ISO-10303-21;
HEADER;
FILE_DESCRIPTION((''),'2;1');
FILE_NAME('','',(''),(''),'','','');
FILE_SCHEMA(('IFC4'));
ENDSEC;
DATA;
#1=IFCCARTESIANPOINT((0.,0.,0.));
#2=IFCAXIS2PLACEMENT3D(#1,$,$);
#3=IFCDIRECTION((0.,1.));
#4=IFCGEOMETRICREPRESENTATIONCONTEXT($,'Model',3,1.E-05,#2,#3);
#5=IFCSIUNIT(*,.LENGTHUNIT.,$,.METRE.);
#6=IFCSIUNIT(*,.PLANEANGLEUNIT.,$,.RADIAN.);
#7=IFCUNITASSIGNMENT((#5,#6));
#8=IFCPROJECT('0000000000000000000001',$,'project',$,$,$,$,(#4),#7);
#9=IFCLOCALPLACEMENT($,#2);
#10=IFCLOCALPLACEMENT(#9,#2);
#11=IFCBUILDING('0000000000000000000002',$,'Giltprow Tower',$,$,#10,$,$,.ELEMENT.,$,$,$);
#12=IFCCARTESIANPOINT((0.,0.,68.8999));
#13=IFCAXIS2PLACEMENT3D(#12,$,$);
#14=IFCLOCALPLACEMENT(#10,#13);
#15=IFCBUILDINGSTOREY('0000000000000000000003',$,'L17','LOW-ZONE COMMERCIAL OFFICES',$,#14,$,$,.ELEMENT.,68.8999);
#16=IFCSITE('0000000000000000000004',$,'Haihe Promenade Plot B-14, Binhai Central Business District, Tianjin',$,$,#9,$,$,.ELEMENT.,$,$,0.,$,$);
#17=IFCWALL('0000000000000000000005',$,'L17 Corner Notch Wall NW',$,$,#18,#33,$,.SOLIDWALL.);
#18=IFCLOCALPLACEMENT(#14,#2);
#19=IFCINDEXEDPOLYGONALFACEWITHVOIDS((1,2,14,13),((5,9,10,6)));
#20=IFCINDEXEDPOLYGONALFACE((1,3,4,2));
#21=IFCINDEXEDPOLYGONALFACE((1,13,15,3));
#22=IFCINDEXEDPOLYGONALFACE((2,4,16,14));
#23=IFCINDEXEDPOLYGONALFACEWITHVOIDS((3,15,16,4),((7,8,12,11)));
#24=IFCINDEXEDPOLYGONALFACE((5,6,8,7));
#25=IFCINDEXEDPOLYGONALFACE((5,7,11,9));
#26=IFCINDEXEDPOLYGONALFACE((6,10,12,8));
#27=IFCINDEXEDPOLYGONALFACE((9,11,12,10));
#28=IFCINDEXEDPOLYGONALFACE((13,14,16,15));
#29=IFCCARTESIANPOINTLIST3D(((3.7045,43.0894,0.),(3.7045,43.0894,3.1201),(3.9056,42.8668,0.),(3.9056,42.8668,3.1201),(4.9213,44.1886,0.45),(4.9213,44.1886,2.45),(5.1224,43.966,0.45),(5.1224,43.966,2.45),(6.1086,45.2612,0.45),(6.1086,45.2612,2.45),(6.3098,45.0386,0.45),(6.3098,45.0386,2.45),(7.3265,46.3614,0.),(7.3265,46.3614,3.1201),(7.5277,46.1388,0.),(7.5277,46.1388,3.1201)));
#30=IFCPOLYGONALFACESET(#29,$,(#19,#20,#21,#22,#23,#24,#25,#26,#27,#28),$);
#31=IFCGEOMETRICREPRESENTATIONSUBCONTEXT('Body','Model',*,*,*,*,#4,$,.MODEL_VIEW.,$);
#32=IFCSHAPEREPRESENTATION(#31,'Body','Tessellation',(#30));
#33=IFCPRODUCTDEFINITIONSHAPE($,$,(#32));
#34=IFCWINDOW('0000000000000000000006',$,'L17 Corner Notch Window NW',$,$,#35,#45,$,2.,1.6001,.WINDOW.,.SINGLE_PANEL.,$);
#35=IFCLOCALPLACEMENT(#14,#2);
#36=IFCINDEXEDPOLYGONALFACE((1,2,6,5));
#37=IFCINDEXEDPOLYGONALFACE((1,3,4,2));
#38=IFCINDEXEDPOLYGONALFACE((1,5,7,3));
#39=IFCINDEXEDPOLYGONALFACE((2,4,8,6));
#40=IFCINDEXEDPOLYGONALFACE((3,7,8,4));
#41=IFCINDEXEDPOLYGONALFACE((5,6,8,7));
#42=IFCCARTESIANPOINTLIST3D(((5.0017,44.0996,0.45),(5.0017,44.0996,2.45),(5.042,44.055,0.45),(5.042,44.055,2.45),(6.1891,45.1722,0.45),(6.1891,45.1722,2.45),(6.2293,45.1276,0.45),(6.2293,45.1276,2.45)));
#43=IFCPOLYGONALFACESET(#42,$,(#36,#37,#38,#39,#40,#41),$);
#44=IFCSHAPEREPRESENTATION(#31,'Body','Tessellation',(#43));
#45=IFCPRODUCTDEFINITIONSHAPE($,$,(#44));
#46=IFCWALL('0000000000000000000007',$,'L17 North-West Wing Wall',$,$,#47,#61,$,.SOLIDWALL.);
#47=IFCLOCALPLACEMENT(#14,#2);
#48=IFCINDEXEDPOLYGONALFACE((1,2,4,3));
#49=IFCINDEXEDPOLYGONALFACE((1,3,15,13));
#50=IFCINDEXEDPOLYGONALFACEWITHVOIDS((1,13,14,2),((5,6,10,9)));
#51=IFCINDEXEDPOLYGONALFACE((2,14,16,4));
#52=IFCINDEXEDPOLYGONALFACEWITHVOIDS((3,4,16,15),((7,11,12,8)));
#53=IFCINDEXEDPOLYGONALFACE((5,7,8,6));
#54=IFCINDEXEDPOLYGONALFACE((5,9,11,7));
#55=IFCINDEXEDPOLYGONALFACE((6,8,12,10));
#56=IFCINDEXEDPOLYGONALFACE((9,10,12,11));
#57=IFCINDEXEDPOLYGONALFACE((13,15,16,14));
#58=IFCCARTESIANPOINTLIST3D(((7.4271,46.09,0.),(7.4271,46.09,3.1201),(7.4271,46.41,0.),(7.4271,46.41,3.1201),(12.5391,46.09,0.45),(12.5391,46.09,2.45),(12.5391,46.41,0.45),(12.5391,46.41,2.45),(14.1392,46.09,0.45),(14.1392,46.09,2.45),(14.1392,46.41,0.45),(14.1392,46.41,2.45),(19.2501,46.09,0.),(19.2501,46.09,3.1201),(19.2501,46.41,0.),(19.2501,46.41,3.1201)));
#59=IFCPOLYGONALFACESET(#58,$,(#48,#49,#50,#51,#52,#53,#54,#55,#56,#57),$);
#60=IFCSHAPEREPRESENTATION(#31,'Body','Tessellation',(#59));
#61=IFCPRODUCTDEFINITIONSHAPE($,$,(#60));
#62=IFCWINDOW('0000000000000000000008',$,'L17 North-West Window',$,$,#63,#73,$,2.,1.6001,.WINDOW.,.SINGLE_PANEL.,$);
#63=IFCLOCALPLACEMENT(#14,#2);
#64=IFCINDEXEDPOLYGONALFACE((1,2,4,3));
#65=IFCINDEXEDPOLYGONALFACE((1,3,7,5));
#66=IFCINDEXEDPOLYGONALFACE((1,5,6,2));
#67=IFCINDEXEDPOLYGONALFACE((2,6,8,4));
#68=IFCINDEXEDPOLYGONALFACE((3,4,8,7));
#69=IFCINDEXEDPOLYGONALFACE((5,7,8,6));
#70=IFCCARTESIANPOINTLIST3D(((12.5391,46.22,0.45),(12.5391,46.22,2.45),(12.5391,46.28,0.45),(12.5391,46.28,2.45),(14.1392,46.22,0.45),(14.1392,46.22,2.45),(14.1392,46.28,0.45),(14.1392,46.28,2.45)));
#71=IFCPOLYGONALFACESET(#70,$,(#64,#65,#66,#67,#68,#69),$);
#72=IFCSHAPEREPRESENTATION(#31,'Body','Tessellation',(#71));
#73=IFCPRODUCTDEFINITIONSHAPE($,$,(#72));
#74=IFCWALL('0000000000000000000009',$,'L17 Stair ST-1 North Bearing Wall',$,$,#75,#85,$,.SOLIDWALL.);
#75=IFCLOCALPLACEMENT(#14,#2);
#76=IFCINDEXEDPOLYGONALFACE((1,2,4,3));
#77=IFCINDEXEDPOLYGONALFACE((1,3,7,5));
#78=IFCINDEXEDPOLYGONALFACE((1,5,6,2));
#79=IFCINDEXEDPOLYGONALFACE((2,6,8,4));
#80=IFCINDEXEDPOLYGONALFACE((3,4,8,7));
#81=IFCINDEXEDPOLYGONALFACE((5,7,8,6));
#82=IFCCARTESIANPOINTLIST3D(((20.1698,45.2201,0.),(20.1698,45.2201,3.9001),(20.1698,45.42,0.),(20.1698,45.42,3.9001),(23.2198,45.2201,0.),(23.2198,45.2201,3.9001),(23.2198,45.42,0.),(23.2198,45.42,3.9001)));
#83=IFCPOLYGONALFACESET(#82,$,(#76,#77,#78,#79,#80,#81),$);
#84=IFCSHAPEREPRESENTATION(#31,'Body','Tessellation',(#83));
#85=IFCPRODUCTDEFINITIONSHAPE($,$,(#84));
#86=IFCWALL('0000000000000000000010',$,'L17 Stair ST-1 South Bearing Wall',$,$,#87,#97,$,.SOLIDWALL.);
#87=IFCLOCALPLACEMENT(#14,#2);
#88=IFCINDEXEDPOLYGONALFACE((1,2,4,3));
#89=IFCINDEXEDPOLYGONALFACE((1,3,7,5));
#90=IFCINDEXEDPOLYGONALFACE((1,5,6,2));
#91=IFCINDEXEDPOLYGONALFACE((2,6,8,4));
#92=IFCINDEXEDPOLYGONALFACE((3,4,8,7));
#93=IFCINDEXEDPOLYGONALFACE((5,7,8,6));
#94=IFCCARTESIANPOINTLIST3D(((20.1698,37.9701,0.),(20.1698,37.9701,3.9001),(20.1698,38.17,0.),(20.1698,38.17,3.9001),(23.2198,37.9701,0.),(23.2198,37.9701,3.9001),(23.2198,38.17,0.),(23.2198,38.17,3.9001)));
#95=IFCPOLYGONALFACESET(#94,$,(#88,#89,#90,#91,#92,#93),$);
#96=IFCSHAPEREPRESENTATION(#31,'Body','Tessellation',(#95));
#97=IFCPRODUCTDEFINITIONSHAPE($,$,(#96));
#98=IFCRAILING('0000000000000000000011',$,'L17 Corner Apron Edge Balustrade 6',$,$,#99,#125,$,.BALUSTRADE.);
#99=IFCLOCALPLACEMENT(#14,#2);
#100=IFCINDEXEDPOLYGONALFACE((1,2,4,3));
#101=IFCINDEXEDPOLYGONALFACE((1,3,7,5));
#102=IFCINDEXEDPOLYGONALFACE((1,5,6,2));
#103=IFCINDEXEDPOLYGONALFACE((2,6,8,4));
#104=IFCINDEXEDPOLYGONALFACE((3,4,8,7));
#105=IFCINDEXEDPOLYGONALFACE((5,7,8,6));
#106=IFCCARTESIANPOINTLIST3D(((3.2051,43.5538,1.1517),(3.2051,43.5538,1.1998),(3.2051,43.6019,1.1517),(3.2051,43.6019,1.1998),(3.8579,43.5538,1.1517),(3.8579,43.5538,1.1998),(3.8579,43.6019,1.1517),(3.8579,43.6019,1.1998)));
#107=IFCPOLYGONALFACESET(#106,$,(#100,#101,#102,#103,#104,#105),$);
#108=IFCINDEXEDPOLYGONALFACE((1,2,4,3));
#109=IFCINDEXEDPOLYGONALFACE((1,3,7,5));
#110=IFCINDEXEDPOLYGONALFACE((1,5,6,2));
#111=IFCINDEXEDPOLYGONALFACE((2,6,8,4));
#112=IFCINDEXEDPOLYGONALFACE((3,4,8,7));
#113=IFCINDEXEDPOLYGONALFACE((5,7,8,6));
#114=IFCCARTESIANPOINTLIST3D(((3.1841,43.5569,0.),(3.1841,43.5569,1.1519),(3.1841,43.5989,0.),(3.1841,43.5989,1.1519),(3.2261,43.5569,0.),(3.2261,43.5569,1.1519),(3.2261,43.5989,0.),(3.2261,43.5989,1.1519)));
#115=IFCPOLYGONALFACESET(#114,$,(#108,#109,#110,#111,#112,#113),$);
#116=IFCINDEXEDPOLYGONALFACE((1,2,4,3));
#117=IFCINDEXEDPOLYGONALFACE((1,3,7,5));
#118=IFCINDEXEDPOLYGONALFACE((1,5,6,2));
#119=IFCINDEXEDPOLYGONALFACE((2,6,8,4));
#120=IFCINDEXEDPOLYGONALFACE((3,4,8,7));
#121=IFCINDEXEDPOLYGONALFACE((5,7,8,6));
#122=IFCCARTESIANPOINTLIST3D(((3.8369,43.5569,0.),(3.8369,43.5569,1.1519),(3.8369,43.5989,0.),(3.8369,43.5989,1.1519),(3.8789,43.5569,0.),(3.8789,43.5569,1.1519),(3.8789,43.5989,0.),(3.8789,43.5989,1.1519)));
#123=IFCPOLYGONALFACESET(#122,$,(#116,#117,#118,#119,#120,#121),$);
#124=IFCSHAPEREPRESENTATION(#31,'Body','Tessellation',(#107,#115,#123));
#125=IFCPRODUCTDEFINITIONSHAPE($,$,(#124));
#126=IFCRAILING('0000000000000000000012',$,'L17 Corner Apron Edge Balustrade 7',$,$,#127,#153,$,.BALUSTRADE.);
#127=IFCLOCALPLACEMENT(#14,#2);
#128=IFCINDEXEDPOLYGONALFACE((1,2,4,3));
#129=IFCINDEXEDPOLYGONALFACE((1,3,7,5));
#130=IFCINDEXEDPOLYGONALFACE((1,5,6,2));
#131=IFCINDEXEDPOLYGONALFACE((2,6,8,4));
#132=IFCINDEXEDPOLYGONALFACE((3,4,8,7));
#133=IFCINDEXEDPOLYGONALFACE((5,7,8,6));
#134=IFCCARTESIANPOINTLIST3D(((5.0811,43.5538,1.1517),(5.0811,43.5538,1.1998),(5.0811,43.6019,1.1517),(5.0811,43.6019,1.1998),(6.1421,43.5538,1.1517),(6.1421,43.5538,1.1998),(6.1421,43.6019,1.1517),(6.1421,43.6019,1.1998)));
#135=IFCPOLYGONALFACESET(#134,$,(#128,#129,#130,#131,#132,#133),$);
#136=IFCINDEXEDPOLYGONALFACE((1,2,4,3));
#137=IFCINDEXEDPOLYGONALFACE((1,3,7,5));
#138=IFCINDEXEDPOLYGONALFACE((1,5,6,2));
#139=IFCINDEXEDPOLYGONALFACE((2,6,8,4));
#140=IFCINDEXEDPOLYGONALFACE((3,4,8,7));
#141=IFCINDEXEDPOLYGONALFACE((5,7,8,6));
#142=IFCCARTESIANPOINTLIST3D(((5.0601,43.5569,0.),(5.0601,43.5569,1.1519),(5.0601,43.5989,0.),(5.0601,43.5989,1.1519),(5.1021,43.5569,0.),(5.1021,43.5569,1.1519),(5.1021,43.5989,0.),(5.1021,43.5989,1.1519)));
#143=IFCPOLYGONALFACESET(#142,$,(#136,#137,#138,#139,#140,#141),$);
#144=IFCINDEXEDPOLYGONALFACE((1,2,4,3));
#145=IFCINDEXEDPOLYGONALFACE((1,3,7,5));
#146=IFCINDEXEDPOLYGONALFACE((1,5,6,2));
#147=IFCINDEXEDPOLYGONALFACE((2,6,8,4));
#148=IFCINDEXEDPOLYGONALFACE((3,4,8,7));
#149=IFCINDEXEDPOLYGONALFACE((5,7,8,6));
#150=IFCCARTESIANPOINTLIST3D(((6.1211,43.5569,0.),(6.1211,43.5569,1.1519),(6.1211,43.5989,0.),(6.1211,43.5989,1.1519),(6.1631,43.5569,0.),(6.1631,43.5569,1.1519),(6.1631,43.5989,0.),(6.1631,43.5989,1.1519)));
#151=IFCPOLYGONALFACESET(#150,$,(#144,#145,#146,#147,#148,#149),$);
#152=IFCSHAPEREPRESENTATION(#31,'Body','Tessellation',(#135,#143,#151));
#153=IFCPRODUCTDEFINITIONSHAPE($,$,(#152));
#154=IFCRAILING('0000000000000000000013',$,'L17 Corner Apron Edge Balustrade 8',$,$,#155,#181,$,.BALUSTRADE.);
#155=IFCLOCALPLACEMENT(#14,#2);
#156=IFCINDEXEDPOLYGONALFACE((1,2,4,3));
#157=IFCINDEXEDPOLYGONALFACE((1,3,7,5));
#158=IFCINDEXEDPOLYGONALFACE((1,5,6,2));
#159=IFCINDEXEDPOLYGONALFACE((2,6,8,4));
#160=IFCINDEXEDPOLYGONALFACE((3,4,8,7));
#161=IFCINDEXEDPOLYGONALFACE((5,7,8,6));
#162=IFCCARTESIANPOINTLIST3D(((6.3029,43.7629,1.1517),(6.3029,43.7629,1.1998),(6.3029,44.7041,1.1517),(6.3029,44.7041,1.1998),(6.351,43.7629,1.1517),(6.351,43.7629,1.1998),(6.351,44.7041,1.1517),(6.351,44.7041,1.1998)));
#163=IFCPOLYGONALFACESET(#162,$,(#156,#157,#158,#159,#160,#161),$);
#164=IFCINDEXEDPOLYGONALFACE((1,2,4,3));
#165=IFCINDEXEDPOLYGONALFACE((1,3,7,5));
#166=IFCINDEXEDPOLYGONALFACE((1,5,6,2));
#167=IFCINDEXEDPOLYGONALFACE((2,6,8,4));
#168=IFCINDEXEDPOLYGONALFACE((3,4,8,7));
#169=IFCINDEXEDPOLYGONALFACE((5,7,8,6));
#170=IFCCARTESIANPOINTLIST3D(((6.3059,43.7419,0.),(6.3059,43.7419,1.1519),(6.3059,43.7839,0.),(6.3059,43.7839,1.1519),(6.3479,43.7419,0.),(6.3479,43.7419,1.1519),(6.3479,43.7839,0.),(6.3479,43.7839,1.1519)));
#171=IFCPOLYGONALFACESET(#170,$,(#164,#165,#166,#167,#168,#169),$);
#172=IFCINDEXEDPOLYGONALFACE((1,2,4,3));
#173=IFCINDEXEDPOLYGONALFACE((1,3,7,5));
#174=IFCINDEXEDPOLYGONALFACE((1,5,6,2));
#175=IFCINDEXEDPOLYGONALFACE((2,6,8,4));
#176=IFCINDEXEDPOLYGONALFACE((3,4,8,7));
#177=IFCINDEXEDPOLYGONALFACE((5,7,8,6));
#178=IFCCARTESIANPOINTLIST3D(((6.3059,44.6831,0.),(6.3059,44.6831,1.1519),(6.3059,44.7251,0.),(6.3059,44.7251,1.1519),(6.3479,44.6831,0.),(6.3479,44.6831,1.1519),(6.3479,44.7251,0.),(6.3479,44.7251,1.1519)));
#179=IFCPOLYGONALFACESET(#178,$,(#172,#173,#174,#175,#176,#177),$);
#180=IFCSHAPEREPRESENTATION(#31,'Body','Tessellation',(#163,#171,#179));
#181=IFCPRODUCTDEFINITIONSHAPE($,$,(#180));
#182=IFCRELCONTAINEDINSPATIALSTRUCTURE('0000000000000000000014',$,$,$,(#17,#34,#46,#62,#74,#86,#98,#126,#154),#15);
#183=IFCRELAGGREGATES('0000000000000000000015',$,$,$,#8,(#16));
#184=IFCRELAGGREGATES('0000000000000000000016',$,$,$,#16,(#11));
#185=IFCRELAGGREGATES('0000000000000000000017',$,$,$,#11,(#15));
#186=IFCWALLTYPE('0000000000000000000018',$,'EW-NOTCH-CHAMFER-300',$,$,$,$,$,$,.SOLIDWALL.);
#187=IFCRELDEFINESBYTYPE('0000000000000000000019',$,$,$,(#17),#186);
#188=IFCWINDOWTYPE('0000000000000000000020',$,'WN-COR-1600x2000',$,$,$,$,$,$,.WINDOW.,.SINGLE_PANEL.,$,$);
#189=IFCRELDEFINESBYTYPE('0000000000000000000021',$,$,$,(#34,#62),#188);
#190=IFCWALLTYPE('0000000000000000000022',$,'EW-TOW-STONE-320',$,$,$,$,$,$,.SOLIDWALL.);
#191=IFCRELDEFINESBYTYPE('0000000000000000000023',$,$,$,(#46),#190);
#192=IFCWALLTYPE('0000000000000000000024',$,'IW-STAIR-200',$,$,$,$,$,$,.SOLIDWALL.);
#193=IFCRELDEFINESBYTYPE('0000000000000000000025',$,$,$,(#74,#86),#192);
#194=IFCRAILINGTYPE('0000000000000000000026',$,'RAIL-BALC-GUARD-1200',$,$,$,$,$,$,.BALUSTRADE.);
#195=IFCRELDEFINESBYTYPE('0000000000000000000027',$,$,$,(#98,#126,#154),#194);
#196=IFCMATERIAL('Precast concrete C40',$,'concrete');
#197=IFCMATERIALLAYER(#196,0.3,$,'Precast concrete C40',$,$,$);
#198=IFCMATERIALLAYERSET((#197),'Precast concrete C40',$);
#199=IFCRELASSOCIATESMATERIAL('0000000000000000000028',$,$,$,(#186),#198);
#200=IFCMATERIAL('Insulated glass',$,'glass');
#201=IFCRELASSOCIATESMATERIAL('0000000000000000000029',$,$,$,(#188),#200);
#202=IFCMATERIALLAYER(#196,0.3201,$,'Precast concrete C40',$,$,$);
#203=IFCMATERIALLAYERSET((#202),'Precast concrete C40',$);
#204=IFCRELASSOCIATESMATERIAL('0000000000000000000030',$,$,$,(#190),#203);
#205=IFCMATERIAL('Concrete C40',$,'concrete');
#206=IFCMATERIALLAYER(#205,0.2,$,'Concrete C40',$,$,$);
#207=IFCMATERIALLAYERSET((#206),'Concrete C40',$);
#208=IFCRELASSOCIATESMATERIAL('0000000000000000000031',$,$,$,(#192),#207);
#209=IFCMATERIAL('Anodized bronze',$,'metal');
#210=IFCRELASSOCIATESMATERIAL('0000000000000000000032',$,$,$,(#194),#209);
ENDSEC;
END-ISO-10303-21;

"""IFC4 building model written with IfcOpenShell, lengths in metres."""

from ifc_helpers import new_model, si_unit, direction, frame, frame_2d, origin, origin_2d, place, context, subcontext, project, spatial, rectangle, extrude, source, transform, mapped, material, layer, layer_set, type_object, element, fill, save


model = new_model("IFC4")

# Units and contexts
model_context = context("Model", 3, precision=1e-05, world=origin(), true_north=direction((0.0, 1.0)))
body_context = subcontext(model_context, "Body", "Model", "MODEL_VIEW")
ifc_project = project(units=[si_unit("LENGTHUNIT", "METRE"), si_unit("PLANEANGLEUNIT", "RADIAN")], contexts=[model_context])

# Site, building, storey
site_placement = place(None, origin())
site = spatial("IfcSite", under=ifc_project, at=site_placement, Name="Haihe Promenade Plot B-14, Binhai Central Business District, Tianjin", CompositionType="ELEMENT", RefElevation=0.0)
building_placement = place(site_placement, origin())
building = spatial("IfcBuilding", under=site, at=building_placement, Name="Giltprow Tower", CompositionType="ELEMENT")
storey_placement = place(building_placement, frame((0.0, 0.0, 68.8999)))
storey = spatial("IfcBuildingStorey", under=building, at=storey_placement, Name="L17", Description="LOW-ZONE COMMERCIAL OFFICES", CompositionType="ELEMENT", Elevation=68.8999)

# Walls, openings, windows
ifc_material_1 = material(Name="Precast concrete C40", Category="concrete")
ifc_layer_1 = layer(ifc_material_1, 0.3, Name="Precast concrete C40")
ifc_layer_set_1 = layer_set([ifc_layer_1], Name="Precast concrete C40")
wall_type_1 = type_object("IfcWallType", Name="EW-NOTCH-CHAMFER-300", PredefinedType="SOLIDWALL", material=ifc_layer_set_1)
wall_1_placement = place(storey_placement, frame((7.427, 46.25, 0.0), z_axis=(0.0, 0.0, 1.0), x_axis=(-0.742059, -0.670334, 0.0)))
wall_1 = element("IfcWall", 1, at=wall_1_placement, inside=storey, type_object=wall_type_1, Name="L17 Corner Notch Wall NW", PredefinedType="SOLIDWALL", context=body_context, shape_type="SweptSolid", body=[
    extrude(rectangle(XDim=4.8811, YDim=0.3, at=frame_2d((2.4404, 0.0))), origin(), (0.0, 0.0, 1.0), 3.1201),
])
opening_1_placement = place(wall_1_placement, frame((1.6411, 0.0, 0.45)))
opening_1 = element("IfcOpeningElement", 2, at=opening_1_placement, cuts=wall_1, PredefinedType="OPENING", context=body_context, shape_type="SweptSolid", body=[
    extrude(rectangle(XDim=1.6001, YDim=2.0, at=frame_2d((0.8, 1.0))), frame((0.0, 0.1599, 0.0), z_axis=(0.0, -1.0, 0.0), x_axis=(1.0, 0.0, 0.0)), (0.0, 0.0, 1.0), 0.3201),
])
ifc_material_2 = material(Name="Insulated glass", Category="glass")
window_type = type_object("IfcWindowType", Name="WN-COR-1600x2000", PartitioningType="SINGLE_PANEL", PredefinedType="WINDOW", material=ifc_material_2)
shared_shape_1 = source(origin(), body_context, "Body", "SweptSolid", [
    extrude(rectangle(XDim=1.6001, YDim=2.0, at=frame_2d((0.8, 1.0))), frame((0.0, 0.03, 0.0), z_axis=(0.0, -1.0, 0.0), x_axis=(1.0, 0.0, 0.0)), (0.0, 0.0, 1.0), 0.0601),
])
window_1_placement = place(opening_1_placement, origin())
window_1 = element("IfcWindow", 3, at=window_1_placement, inside=storey, type_object=window_type, Name="L17 Corner Notch Window NW", OverallHeight=2.0, OverallWidth=1.6001, PartitioningType="SINGLE_PANEL", PredefinedType="WINDOW", context=body_context, shape_type="MappedRepresentation", body=[
    mapped(shared_shape_1, transform((0.0, 0.0, 0.0), x_axis=(1.0, 0.0, 0.0), y_axis=(0.0, 1.0, 0.0), z_axis=(0.0, 0.0, 1.0), scale=1.0)),
])
fill(opening_1, window_1)
ifc_layer_2 = layer(ifc_material_1, 0.3201, Name="Precast concrete C40")
ifc_layer_set_2 = layer_set([ifc_layer_2], Name="Precast concrete C40")
wall_type_2 = type_object("IfcWallType", Name="EW-TOW-STONE-320", PredefinedType="SOLIDWALL", material=ifc_layer_set_2)
wall_2_placement = place(storey_placement, frame((7.427, 46.25, 0.0), z_axis=(0.0, 0.0, 1.0), x_axis=(1.0, 0.0, 0.0)))
wall_2 = element("IfcWall", 4, at=wall_2_placement, inside=storey, type_object=wall_type_2, Name="L17 North-West Wing Wall", PredefinedType="SOLIDWALL", context=body_context, shape_type="SweptSolid", body=[
    extrude(rectangle(XDim=11.823, YDim=0.3201, at=frame_2d((5.9116, 0.0))), origin(), (0.0, 0.0, 1.0), 3.1201),
])
opening_2_placement = place(wall_2_placement, frame((5.1121, 0.0, 0.45)))
opening_2 = element("IfcOpeningElement", 5, at=opening_2_placement, cuts=wall_2, PredefinedType="OPENING", context=body_context, shape_type="SweptSolid", body=[
    extrude(rectangle(XDim=1.6001, YDim=2.0, at=frame_2d((0.8, 1.0))), frame((0.0, 0.1699, 0.0), z_axis=(0.0, -1.0, 0.0), x_axis=(1.0, 0.0, 0.0)), (0.0, 0.0, 1.0), 0.3401),
])
window_2_placement = place(opening_2_placement, origin())
window_2 = element("IfcWindow", 6, at=window_2_placement, inside=storey, type_object=window_type, Name="L17 North-West Window", OverallHeight=2.0, OverallWidth=1.6001, PartitioningType="SINGLE_PANEL", PredefinedType="WINDOW", context=body_context, shape_type="MappedRepresentation", body=[
    mapped(shared_shape_1, transform((0.0, 0.0, 0.0), x_axis=(1.0, 0.0, 0.0), y_axis=(0.0, 1.0, 0.0), z_axis=(0.0, 0.0, 1.0), scale=1.0)),
])
fill(opening_2, window_2)

# Walls
ifc_material_3 = material(Name="Concrete C40", Category="concrete")
ifc_layer_3 = layer(ifc_material_3, 0.2, Name="Concrete C40")
ifc_layer_set_3 = layer_set([ifc_layer_3], Name="Concrete C40")
wall_type_3 = type_object("IfcWallType", Name="IW-STAIR-200", PredefinedType="SOLIDWALL", material=ifc_layer_set_3)
for number, where, z_axis, x_axis, name in (
    (7, (20.1699, 45.3201, 0.0), (0.0, 0.0, 1.0), (1.0, 0.0, 0.0), "L17 Stair ST-1 North Bearing Wall"),
    (8, (20.1699, 38.0701, 0.0), (0.0, 0.0, 1.0), (1.0, 0.0, 0.0), "L17 Stair ST-1 South Bearing Wall"),
):
    element("IfcWall", number, at=place(storey_placement, frame(where, z_axis=z_axis, x_axis=x_axis)), inside=storey, type_object=wall_type_3, Name=name, PredefinedType="SOLIDWALL", context=body_context, shape_type="SweptSolid", body=[
        extrude(rectangle(XDim=3.05, YDim=0.2, at=frame_2d((1.5249, 0.0))), origin(), (0.0, 0.0, 1.0), 3.9001),
    ])

# Railings
ifc_material_4 = material(Name="Anodized bronze", Category="metal")
railing_type_1 = type_object("IfcRailingType", Name="RAIL-BALC-GUARD-1200", PredefinedType="BALUSTRADE", material=ifc_material_4)
railing_1_placement = place(storey_placement, frame((3.2051, 43.5779, 0.0)))
element("IfcRailing", 9, at=railing_1_placement, inside=storey, type_object=railing_type_1, Name="L17 Corner Apron Edge Balustrade 6", PredefinedType="BALUSTRADE", context=body_context, shape_type="SweptSolid", body=[
    extrude(rectangle(XDim=0.0481, YDim=0.0481, at=origin_2d()), frame((0.0, 0.0, 1.1758), z_axis=(1.0, 0.0, 0.0), x_axis=(0.0, 1.0, 0.0)), (0.0, 0.0, 1.0), 0.6528),
    extrude(rectangle(XDim=0.042, YDim=0.042, at=origin_2d()), origin(), (0.0, 0.0, 1.0), 1.1519),
    extrude(rectangle(XDim=0.042, YDim=0.042, at=origin_2d()), frame((0.6528, 0.0, 0.0)), (0.0, 0.0, 1.0), 1.1519),
])
railing_2_placement = place(storey_placement, frame((5.0811, 43.5779, 0.0)))
element("IfcRailing", 10, at=railing_2_placement, inside=storey, type_object=railing_type_1, Name="L17 Corner Apron Edge Balustrade 7", PredefinedType="BALUSTRADE", context=body_context, shape_type="SweptSolid", body=[
    extrude(rectangle(XDim=0.0481, YDim=0.0481, at=origin_2d()), frame((0.0, 0.0, 1.1758), z_axis=(1.0, 0.0, 0.0), x_axis=(0.0, 1.0, 0.0)), (0.0, 0.0, 1.0), 1.061),
    extrude(rectangle(XDim=0.042, YDim=0.042, at=origin_2d()), origin(), (0.0, 0.0, 1.0), 1.1519),
    extrude(rectangle(XDim=0.042, YDim=0.042, at=origin_2d()), frame((1.061, 0.0, 0.0)), (0.0, 0.0, 1.0), 1.1519),
])
railing_3_placement = place(storey_placement, frame((6.3269, 43.7629, 0.0)))
element("IfcRailing", 11, at=railing_3_placement, inside=storey, type_object=railing_type_1, Name="L17 Corner Apron Edge Balustrade 8", PredefinedType="BALUSTRADE", context=body_context, shape_type="SweptSolid", body=[
    extrude(rectangle(XDim=0.0481, YDim=0.0481, at=origin_2d()), frame((0.0, 0.0, 1.1758), z_axis=(0.0, 1.0, 0.0), x_axis=(-1.0, 0.0, 0.0)), (0.0, 0.0, 1.0), 0.9412),
    extrude(rectangle(XDim=0.042, YDim=0.042, at=origin_2d()), origin(), (0.0, 0.0, 1.0), 1.1519),
    extrude(rectangle(XDim=0.042, YDim=0.042, at=origin_2d()), frame((0.0, 0.9412, 0.0)), (0.0, 0.0, 1.0), 1.1519),
])

save(model, "model.ifc")
